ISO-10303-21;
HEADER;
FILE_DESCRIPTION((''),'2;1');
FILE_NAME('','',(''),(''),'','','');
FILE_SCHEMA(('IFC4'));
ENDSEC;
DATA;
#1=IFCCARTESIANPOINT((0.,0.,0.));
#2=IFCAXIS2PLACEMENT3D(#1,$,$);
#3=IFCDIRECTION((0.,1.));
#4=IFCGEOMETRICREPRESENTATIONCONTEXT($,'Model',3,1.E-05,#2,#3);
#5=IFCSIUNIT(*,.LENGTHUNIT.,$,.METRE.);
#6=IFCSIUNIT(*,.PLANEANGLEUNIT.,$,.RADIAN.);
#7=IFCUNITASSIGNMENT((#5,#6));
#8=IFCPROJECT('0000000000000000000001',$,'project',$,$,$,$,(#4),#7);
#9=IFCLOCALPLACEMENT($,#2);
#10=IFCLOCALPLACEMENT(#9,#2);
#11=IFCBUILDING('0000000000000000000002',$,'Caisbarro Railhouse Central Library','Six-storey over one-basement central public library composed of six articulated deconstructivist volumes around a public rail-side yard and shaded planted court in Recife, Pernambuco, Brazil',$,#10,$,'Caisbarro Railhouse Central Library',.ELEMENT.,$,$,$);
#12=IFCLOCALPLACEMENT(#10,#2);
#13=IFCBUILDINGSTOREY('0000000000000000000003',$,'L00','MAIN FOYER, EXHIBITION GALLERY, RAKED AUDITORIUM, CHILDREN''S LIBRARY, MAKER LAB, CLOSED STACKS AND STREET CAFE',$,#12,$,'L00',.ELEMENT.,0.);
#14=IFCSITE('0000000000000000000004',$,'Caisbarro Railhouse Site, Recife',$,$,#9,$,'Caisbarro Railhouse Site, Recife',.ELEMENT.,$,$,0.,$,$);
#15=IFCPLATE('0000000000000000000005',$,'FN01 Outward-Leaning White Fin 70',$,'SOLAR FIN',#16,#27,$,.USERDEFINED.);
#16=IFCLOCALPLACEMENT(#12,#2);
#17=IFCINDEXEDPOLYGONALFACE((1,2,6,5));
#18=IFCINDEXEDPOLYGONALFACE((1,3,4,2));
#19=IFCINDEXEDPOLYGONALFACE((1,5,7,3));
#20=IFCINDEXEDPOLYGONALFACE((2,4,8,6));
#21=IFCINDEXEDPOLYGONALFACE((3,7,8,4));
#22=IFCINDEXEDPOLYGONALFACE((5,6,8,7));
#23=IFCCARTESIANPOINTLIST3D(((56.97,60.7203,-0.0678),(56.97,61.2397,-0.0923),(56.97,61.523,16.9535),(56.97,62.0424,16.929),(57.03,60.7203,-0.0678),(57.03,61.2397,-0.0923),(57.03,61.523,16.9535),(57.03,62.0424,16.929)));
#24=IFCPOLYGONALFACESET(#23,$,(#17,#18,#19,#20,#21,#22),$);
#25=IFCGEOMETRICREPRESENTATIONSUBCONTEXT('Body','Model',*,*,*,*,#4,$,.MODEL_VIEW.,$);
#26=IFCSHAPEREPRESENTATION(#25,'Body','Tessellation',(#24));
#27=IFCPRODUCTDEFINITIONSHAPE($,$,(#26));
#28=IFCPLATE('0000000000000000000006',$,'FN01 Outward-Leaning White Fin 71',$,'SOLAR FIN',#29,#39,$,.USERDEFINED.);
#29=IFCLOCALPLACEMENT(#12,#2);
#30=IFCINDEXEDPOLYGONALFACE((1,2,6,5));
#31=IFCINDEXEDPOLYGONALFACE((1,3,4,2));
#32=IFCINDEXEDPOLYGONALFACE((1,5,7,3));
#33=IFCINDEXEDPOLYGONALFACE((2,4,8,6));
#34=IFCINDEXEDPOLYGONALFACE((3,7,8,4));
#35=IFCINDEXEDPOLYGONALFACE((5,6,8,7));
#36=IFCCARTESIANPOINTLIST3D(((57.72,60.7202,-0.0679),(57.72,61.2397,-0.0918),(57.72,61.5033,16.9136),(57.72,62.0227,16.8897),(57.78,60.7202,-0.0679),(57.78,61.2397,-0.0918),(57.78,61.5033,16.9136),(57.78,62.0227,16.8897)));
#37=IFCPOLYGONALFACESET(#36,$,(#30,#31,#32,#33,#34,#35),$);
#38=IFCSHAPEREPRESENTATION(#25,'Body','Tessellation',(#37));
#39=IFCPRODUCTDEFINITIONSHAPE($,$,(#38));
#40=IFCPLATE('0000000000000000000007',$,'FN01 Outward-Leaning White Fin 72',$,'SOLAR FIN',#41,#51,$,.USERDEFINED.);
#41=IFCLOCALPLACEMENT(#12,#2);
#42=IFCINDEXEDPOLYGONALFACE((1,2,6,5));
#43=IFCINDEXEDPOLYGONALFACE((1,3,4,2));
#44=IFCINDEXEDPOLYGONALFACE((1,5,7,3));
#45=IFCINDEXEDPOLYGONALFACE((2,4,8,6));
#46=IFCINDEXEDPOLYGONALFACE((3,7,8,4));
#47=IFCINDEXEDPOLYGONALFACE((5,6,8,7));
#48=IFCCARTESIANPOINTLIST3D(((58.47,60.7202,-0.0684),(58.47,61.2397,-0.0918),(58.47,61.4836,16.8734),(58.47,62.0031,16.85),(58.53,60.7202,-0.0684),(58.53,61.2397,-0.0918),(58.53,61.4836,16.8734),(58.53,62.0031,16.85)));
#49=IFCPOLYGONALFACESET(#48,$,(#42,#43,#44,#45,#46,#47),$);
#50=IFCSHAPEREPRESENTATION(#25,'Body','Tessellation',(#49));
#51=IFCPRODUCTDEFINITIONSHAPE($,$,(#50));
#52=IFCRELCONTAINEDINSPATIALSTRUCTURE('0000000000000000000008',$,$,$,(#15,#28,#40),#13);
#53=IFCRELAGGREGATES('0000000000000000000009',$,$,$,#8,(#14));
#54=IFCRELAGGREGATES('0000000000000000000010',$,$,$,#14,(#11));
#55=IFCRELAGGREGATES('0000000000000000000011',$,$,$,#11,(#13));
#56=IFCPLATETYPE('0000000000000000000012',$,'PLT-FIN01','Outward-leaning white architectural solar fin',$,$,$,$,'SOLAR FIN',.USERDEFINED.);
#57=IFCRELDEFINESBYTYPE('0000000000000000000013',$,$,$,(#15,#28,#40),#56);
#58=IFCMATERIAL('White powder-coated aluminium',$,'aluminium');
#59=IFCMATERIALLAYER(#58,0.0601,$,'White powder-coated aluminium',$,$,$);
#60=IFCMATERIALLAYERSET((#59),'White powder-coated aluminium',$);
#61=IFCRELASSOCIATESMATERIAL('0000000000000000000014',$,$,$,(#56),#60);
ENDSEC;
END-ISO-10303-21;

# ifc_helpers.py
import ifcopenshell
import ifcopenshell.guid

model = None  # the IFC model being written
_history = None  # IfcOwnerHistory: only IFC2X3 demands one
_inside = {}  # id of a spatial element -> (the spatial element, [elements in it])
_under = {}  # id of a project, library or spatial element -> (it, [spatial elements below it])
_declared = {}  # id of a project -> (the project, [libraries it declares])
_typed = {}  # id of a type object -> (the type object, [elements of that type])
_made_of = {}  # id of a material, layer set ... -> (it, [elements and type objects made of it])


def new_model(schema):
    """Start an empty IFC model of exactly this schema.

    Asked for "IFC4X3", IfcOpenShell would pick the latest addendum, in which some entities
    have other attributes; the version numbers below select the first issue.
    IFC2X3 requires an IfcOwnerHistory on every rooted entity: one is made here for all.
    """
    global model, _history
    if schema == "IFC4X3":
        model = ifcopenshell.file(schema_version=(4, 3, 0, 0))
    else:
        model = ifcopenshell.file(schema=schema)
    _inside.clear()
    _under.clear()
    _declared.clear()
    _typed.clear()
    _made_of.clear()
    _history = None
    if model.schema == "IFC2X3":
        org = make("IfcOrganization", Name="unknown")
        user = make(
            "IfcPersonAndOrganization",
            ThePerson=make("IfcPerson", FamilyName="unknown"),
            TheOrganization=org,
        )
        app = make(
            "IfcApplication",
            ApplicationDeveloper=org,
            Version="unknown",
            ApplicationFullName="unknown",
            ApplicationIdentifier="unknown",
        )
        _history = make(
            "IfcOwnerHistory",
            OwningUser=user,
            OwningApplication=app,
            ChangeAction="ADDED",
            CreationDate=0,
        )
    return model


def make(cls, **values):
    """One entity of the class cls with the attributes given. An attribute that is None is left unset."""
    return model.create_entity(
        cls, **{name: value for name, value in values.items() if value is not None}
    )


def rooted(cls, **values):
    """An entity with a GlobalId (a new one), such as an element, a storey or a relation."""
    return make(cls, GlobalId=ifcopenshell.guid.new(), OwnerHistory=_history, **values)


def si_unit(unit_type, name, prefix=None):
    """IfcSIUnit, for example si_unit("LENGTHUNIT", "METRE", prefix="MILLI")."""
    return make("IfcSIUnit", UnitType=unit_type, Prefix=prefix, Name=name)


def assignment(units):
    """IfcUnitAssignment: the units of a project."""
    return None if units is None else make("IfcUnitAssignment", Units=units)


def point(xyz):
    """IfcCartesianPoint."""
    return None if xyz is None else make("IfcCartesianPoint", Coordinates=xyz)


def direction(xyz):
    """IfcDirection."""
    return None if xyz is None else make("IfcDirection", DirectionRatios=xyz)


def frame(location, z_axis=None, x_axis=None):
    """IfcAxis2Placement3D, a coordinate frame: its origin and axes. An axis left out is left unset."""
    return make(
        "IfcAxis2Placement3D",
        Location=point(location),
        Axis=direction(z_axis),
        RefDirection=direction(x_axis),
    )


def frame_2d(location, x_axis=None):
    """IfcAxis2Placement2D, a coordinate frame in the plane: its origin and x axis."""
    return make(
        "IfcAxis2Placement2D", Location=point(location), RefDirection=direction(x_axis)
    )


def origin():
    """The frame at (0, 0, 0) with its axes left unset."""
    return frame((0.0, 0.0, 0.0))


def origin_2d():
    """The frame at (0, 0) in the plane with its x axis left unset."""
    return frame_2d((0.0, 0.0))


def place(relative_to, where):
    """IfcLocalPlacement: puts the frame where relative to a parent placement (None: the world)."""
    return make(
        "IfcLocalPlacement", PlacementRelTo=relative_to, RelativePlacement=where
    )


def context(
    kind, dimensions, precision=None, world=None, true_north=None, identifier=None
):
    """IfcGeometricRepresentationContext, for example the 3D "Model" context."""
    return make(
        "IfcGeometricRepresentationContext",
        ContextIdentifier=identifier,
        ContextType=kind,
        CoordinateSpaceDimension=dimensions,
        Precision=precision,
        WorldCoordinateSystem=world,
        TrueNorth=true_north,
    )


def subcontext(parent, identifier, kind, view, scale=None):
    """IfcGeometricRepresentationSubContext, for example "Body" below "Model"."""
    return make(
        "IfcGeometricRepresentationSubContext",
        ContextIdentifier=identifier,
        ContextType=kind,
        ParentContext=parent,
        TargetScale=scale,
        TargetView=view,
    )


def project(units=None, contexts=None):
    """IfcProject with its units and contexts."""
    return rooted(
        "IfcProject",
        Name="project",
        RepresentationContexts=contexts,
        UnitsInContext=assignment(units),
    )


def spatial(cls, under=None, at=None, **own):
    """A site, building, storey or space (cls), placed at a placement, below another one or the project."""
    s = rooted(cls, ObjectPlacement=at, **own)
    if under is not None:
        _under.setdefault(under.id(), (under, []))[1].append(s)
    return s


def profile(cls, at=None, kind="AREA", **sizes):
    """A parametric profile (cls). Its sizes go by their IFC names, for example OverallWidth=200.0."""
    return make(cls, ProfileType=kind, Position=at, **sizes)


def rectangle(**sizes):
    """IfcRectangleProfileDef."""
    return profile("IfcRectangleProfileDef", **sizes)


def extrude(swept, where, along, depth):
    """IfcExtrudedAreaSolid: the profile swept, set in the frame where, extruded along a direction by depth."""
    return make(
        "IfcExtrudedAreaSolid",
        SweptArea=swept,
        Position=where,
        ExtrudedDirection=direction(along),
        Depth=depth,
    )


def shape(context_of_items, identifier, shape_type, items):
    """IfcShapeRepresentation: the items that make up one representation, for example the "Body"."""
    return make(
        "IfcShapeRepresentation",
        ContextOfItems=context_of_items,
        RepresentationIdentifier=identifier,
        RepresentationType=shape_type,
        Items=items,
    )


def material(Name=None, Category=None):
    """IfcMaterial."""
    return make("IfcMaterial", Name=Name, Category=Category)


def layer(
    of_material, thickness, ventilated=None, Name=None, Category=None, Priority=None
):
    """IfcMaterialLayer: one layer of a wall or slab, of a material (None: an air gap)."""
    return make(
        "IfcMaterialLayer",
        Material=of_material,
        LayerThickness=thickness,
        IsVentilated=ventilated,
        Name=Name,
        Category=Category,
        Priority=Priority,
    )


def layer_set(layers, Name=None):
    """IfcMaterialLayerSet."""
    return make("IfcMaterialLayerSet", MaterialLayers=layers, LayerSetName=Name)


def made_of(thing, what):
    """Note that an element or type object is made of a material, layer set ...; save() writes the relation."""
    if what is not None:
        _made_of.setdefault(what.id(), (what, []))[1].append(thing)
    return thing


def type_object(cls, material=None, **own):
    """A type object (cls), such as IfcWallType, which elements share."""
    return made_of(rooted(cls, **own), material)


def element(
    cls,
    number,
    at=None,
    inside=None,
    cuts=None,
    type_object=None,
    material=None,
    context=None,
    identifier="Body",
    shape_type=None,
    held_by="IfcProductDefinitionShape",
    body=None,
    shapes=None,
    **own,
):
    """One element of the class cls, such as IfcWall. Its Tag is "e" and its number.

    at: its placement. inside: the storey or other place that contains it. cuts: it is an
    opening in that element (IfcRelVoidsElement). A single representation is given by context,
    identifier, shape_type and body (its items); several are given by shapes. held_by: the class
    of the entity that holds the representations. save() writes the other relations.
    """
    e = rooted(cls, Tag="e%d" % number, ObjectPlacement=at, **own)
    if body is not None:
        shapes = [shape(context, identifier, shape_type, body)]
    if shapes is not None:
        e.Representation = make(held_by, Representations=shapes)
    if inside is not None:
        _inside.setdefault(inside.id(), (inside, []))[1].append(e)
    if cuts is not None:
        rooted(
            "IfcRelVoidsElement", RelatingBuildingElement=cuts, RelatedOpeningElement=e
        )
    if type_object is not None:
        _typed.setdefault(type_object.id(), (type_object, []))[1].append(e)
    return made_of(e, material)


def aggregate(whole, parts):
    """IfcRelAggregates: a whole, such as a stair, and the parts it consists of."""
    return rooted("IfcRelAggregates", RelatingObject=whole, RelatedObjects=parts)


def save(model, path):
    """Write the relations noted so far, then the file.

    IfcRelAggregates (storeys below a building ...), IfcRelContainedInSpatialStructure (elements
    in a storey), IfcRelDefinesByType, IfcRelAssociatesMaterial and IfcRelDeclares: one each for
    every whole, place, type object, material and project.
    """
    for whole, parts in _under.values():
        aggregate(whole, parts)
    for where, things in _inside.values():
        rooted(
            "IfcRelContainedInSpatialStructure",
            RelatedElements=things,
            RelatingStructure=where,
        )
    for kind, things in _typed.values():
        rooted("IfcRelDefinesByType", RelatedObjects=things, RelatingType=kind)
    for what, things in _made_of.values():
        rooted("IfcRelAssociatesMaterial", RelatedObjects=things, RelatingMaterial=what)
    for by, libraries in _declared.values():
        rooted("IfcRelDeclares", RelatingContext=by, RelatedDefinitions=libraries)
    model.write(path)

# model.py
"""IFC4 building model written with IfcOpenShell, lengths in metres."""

from ifc_helpers import new_model, si_unit, direction, frame, origin, origin_2d, place, context, subcontext, project, spatial, rectangle, extrude, material, layer, layer_set, type_object, element, save


model = new_model("IFC4")

# Units and contexts
model_context = context("Model", 3, precision=1e-05, world=origin(), true_north=direction((0.0, 1.0)))
body_context = subcontext(model_context, "Body", "Model", "MODEL_VIEW")
ifc_project = project(units=[si_unit("LENGTHUNIT", "METRE"), si_unit("PLANEANGLEUNIT", "RADIAN")], contexts=[model_context])

# Site, building, storey
site_placement = place(None, origin())
site = spatial("IfcSite", under=ifc_project, at=site_placement, Name="Caisbarro Railhouse Site, Recife", LongName="Caisbarro Railhouse Site, Recife", CompositionType="ELEMENT", RefElevation=0.0)
building_placement = place(site_placement, origin())
building = spatial("IfcBuilding", under=site, at=building_placement, Name="Caisbarro Railhouse Central Library", Description="Six-storey over one-basement central public library composed of six articulated deconstructivist volumes around a public rail-side yard and shaded planted court in Recife, Pernambuco, Brazil", LongName="Caisbarro Railhouse Central Library", CompositionType="ELEMENT")
storey_placement = place(building_placement, origin())
storey = spatial("IfcBuildingStorey", under=building, at=storey_placement, Name="L00", Description="MAIN FOYER, EXHIBITION GALLERY, RAKED AUDITORIUM, CHILDREN'S LIBRARY, MAKER LAB, CLOSED STACKS AND STREET CAFE", LongName="L00", CompositionType="ELEMENT", Elevation=0.0)

# Plates
ifc_material_1 = material(Name="White powder-coated aluminium", Category="aluminium")
ifc_layer_1 = layer(ifc_material_1, 0.0601, Name="White powder-coated aluminium")
ifc_layer_set_1 = layer_set([ifc_layer_1], Name="White powder-coated aluminium")
plate_type_1 = type_object("IfcPlateType", Name="PLT-FIN01", Description="Outward-leaning white architectural solar fin", ElementType="SOLAR FIN", PredefinedType="USERDEFINED", material=ifc_layer_set_1)
plate_1_placement = place(storey_placement, frame((57.0, 60.98, -0.0801), z_axis=(0.0, 0.047106, 0.99889), x_axis=(1.0, 0.0, 0.0)))
element("IfcPlate", 1, at=plate_1_placement, inside=storey, type_object=plate_type_1, Name="FN01 Outward-Leaning White Fin 70", ObjectType="SOLAR FIN", PredefinedType="USERDEFINED", context=body_context, shape_type="SweptSolid", body=[
    extrude(rectangle(XDim=0.0601, YDim=0.52, at=origin_2d()), origin(), (0.0, 0.0, 1.0), 17.0403),
])
plate_2_placement = place(storey_placement, frame((57.75, 60.98, -0.0798), z_axis=(0.0, 0.04606, 0.998939), x_axis=(1.0, 0.0, 0.0)))
element("IfcPlate", 2, at=plate_2_placement, inside=storey, type_object=plate_type_1, Name="FN01 Outward-Leaning White Fin 71", ObjectType="SOLAR FIN", PredefinedType="USERDEFINED", context=body_context, shape_type="SweptSolid", body=[
    extrude(rectangle(XDim=0.0601, YDim=0.52, at=origin_2d()), origin(), (0.0, 0.0, 1.0), 16.9995),
])
plate_3_placement = place(storey_placement, frame((58.5, 60.98, -0.0801), z_axis=(0.0, 0.045014, 0.998986), x_axis=(1.0, 0.0, 0.0)))
element("IfcPlate", 3, at=plate_3_placement, inside=storey, type_object=plate_type_1, Name="FN01 Outward-Leaning White Fin 72", ObjectType="SOLAR FIN", PredefinedType="USERDEFINED", context=body_context, shape_type="SweptSolid", body=[
    extrude(rectangle(XDim=0.0601, YDim=0.52, at=origin_2d()), origin(), (0.0, 0.0, 1.0), 16.959),
])

save(model, "model.ifc")
